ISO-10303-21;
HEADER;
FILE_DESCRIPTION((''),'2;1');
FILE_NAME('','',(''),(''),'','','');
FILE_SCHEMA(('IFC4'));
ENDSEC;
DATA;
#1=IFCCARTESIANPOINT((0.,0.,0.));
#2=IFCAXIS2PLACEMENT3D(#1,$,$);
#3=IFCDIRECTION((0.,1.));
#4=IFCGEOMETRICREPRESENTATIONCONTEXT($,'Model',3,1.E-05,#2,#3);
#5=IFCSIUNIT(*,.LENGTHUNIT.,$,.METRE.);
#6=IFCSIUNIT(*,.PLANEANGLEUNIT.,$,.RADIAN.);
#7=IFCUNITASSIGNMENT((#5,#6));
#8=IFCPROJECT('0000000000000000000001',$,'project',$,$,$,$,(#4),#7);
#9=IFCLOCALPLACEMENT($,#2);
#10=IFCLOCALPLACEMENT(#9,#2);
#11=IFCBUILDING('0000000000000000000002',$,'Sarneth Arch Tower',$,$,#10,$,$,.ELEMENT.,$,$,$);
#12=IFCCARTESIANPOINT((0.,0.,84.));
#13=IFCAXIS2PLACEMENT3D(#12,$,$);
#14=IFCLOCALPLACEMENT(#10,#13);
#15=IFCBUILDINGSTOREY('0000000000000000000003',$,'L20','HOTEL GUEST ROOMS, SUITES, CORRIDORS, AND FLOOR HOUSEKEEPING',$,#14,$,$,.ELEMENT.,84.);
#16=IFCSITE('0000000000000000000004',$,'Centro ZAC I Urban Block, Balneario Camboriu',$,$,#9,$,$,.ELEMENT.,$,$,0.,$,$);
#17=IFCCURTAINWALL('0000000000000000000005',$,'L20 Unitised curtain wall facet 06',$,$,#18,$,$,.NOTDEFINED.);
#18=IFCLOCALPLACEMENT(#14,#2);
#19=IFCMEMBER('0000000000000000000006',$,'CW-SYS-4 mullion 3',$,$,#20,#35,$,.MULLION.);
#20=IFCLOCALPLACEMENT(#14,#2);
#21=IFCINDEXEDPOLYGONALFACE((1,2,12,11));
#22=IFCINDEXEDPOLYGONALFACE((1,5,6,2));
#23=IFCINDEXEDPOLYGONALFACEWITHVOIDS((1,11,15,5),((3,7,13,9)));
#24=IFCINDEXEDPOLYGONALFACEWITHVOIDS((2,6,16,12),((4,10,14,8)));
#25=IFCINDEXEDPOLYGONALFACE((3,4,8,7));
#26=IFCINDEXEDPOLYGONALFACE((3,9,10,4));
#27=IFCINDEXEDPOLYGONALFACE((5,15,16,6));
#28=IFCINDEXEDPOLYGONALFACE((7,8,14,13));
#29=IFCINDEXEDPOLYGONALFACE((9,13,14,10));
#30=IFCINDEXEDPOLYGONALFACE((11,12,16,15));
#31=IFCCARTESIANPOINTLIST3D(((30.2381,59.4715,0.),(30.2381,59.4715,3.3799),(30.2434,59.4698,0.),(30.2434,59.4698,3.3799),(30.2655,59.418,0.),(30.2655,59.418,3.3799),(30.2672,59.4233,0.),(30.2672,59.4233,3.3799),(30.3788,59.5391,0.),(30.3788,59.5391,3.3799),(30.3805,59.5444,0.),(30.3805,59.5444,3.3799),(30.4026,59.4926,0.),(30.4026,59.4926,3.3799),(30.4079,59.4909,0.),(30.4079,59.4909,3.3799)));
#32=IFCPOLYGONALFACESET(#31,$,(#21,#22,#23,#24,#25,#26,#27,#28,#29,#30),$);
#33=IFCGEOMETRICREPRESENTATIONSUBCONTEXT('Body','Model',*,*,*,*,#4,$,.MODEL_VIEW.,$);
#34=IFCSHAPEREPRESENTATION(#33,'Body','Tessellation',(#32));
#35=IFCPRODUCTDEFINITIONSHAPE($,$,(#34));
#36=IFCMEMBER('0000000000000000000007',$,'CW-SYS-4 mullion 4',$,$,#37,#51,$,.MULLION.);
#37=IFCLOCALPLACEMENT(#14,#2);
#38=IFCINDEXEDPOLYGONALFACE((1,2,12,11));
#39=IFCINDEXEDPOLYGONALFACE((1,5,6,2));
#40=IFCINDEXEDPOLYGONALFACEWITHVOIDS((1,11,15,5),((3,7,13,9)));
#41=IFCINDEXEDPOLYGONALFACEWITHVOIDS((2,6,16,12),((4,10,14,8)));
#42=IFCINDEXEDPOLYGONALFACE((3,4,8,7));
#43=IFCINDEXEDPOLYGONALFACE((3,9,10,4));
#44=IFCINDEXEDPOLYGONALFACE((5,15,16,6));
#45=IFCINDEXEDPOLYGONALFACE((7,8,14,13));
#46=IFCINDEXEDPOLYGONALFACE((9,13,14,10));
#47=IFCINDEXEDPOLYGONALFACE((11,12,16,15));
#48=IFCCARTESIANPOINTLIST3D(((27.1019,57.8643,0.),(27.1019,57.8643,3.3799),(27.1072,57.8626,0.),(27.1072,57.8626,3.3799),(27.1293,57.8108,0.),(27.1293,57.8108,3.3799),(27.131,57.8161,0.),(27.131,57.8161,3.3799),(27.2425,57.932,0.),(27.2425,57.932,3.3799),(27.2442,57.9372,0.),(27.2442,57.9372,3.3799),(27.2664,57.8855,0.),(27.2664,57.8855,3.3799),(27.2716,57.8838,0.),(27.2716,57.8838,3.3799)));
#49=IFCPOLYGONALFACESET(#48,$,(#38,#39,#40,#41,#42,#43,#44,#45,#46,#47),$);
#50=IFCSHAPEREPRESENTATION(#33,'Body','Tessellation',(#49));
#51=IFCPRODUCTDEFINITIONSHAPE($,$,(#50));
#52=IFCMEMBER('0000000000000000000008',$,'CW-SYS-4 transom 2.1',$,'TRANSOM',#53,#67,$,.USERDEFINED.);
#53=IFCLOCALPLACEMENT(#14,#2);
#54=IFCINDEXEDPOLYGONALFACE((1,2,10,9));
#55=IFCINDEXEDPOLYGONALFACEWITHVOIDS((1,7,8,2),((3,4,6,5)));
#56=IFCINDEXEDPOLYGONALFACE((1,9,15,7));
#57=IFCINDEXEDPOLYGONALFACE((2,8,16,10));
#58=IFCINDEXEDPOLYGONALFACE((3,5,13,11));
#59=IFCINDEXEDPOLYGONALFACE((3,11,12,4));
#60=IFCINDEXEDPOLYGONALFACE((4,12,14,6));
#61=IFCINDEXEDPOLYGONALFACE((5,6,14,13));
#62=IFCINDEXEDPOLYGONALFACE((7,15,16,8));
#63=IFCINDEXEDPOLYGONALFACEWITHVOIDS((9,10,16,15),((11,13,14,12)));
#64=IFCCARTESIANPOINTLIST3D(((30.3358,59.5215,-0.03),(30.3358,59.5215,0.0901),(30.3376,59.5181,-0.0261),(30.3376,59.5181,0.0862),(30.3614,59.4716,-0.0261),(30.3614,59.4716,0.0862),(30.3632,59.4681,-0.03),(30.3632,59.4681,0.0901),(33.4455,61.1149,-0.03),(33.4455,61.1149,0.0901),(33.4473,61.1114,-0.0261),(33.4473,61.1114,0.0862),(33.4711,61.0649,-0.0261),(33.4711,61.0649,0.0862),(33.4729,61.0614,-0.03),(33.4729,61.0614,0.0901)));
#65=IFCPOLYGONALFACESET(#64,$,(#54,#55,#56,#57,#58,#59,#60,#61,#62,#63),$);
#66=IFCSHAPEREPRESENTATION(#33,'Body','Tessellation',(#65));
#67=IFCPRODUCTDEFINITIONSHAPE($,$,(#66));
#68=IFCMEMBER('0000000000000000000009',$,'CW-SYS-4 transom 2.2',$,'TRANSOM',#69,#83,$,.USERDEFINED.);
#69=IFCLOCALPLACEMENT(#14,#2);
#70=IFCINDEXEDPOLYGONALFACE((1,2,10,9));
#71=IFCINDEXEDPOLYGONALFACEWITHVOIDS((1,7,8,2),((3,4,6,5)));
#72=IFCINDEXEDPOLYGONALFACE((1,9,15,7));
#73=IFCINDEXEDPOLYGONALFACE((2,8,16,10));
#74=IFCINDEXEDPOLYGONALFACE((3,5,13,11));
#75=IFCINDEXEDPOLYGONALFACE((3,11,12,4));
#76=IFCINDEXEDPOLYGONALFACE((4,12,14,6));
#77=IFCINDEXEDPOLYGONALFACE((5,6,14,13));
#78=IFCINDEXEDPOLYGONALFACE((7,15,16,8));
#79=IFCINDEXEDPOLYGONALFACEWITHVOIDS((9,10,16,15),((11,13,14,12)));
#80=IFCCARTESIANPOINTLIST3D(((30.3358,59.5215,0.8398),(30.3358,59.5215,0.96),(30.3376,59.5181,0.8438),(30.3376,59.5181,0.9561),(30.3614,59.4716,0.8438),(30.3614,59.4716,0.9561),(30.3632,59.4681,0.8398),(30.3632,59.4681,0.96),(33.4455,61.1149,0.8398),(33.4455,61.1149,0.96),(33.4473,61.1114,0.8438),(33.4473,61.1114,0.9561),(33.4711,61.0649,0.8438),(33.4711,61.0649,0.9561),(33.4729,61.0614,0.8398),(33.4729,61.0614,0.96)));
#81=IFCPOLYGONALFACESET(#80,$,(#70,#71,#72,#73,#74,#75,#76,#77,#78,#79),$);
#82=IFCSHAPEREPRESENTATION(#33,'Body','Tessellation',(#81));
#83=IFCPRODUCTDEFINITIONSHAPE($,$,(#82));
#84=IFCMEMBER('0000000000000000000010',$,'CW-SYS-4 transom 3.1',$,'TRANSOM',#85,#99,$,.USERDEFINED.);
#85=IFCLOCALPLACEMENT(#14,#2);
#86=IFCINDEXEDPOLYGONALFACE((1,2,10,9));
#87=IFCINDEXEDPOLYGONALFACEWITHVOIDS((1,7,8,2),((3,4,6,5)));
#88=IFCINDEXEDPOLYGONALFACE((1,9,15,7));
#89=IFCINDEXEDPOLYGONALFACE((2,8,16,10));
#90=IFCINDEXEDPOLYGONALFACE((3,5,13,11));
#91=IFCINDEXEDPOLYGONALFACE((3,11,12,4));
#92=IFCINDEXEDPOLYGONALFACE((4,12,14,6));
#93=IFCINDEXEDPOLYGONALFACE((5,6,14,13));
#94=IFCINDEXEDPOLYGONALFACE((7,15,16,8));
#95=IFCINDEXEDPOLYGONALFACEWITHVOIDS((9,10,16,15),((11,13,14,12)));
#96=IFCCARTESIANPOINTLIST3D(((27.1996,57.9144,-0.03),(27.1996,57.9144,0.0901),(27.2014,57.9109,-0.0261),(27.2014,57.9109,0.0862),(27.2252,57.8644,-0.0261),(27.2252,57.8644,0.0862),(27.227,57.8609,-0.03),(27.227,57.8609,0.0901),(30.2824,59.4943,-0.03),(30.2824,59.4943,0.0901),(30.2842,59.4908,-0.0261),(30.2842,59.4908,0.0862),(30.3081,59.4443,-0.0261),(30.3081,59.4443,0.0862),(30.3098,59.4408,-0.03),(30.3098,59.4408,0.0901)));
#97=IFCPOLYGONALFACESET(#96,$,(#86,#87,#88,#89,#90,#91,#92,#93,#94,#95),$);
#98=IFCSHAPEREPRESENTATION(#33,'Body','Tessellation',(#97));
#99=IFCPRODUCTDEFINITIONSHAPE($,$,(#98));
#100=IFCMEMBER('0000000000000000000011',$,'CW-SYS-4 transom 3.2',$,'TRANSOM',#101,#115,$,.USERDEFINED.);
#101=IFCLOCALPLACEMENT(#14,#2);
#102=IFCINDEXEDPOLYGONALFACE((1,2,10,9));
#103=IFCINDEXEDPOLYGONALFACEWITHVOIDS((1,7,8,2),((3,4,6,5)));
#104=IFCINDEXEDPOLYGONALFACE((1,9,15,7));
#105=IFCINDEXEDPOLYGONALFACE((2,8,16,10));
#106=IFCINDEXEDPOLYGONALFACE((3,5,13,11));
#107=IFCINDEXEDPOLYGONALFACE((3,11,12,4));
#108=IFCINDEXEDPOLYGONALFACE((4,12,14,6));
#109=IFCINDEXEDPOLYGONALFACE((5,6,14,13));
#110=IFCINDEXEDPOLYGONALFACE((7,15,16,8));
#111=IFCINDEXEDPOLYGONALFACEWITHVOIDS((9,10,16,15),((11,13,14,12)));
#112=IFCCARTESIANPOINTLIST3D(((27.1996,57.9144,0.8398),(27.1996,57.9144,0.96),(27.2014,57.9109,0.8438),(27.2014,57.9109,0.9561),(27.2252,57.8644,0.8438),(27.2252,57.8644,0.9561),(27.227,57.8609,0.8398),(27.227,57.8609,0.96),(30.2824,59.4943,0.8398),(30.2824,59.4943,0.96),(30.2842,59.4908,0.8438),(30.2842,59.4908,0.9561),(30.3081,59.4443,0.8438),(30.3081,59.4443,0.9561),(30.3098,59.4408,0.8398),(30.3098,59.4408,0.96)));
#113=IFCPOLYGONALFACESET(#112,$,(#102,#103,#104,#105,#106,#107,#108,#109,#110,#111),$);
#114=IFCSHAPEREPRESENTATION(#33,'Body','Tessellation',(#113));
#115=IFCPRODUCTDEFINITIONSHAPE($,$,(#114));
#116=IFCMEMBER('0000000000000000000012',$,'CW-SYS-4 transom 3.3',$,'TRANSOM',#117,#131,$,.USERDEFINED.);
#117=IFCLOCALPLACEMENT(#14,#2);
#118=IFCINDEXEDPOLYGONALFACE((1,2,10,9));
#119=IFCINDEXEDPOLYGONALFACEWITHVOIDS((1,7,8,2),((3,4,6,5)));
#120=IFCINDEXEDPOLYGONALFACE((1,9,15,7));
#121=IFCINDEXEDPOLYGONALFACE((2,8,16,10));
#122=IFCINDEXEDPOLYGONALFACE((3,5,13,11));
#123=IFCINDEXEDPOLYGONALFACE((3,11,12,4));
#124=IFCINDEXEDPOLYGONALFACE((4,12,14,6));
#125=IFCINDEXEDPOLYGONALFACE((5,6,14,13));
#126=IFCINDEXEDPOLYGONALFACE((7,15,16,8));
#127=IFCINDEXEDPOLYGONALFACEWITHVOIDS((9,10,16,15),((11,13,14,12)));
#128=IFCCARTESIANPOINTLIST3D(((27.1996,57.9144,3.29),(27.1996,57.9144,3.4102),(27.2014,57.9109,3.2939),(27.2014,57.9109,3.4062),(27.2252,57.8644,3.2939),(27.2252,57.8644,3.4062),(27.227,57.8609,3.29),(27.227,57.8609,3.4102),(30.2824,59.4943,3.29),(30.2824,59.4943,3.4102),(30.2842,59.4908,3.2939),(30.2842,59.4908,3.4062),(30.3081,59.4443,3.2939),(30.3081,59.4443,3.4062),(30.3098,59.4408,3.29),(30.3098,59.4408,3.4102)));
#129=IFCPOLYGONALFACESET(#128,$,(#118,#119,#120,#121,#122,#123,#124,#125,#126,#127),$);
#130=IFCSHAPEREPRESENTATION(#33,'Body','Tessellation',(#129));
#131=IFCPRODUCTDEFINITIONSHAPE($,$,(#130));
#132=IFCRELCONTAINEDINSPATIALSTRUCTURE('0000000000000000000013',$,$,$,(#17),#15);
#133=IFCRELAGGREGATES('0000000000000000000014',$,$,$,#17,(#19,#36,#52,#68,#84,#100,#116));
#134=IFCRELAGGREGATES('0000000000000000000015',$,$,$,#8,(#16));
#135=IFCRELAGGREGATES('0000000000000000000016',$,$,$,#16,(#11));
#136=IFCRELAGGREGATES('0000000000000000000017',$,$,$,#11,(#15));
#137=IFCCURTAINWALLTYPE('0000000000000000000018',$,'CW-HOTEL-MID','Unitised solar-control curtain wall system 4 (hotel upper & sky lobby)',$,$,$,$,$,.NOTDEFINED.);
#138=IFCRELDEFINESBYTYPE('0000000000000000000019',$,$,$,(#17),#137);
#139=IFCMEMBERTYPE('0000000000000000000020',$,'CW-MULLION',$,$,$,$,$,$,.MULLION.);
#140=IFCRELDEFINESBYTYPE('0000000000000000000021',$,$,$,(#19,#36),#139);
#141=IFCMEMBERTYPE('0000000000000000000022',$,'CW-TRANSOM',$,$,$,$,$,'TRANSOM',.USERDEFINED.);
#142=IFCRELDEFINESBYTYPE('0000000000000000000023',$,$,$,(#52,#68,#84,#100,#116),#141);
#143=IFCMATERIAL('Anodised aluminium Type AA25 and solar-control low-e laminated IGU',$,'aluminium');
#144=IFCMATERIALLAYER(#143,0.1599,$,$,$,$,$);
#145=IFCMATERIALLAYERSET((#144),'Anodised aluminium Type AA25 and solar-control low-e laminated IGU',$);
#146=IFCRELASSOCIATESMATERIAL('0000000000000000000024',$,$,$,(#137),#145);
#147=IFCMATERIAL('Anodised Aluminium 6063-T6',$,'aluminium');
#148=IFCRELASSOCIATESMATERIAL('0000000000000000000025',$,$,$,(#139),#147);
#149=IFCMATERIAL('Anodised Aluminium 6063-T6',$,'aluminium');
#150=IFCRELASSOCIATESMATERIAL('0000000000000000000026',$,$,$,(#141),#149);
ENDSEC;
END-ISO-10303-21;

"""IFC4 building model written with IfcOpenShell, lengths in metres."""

from ifc_helpers import new_model, si_unit, direction, frame, origin, origin_2d, place, context, subcontext, project, spatial, hollow_rectangle, extrude, material, layer, layer_set, material_profile, profile_set, type_object, element, aggregate, save


model = new_model("IFC4")

# Units and contexts
model_context = context("Model", 3, precision=1e-05, world=origin(), true_north=direction((0.0, 1.0)))
body_context = subcontext(model_context, "Body", "Model", "MODEL_VIEW")
ifc_project = project(units=[si_unit("LENGTHUNIT", "METRE"), si_unit("PLANEANGLEUNIT", "RADIAN")], contexts=[model_context])

# Site, building, storey
site_placement = place(None, origin())
site = spatial("IfcSite", under=ifc_project, at=site_placement, Name="Centro ZAC I Urban Block, Balneario Camboriu", CompositionType="ELEMENT", RefElevation=0.0)
building_placement = place(site_placement, origin())
building = spatial("IfcBuilding", under=site, at=building_placement, Name="Sarneth Arch Tower", CompositionType="ELEMENT")
storey_placement = place(building_placement, frame((0.0, 0.0, 84.0)))
storey = spatial("IfcBuildingStorey", under=building, at=storey_placement, Name="L20", Description="HOTEL GUEST ROOMS, SUITES, CORRIDORS, AND FLOOR HOUSEKEEPING", CompositionType="ELEMENT", Elevation=84.0)

# Curtain wall, members
ifc_material_1 = material(Name="Anodised aluminium Type AA25 and solar-control low-e laminated IGU", Category="aluminium")
ifc_layer_1 = layer(ifc_material_1, 0.1599)
ifc_layer_set_1 = layer_set([ifc_layer_1], Name="Anodised aluminium Type AA25 and solar-control low-e laminated IGU")
curtain_wall_type = type_object("IfcCurtainWallType", Name="CW-HOTEL-MID", Description="Unitised solar-control curtain wall system 4 (hotel upper & sky lobby)", PredefinedType="NOTDEFINED", material=ifc_layer_set_1)
curtain_wall_placement = place(storey_placement, origin())
curtain_wall = element("IfcCurtainWall", 1, at=curtain_wall_placement, inside=storey, type_object=curtain_wall_type, Name="L20 Unitised curtain wall facet 06", PredefinedType="NOTDEFINED")
ifc_material_2 = material(Name="Anodised Aluminium 6063-T6", Category="aluminium")
ifc_material_profile_1 = material_profile(ifc_material_2, hollow_rectangle(XDim=0.0601, YDim=0.1599, WallThickness=0.0039, at=origin_2d()), Name="AL-MULL-160x60x4")
ifc_profile_set_1 = profile_set([ifc_material_profile_1], Name="Anodised Aluminium 6063-T6")
member_type_1 = type_object("IfcMemberType", Name="CW-MULLION", PredefinedType="MULLION", material=ifc_profile_set_1)
member_1_placement = place(storey_placement, frame((30.323, 59.4812, 0.0), z_axis=(0.0, 0.0, 1.0), x_axis=(0.456031, -0.889964, 0.0)))
member_1 = element("IfcMember", 2, at=member_1_placement, type_object=member_type_1, Name="CW-SYS-4 mullion 3", PredefinedType="MULLION", context=body_context, shape_type="SweptSolid", body=[
    extrude(hollow_rectangle(XDim=0.0601, YDim=0.1599, WallThickness=0.0039, at=origin_2d()), origin(), (0.0, 0.0, 1.0), 3.3799),
])
member_2_placement = place(storey_placement, frame((27.1868, 57.874, 0.0), z_axis=(0.0, 0.0, 1.0), x_axis=(0.456031, -0.889964, 0.0)))
member_2 = element("IfcMember", 3, at=member_2_placement, type_object=member_type_1, Name="CW-SYS-4 mullion 4", PredefinedType="MULLION", context=body_context, shape_type="SweptSolid", body=[
    extrude(hollow_rectangle(XDim=0.0601, YDim=0.1599, WallThickness=0.0039, at=origin_2d()), origin(), (0.0, 0.0, 1.0), 3.3799),
])
ifc_material_3 = material(Name="Anodised Aluminium 6063-T6", Category="aluminium")
ifc_material_profile_2 = material_profile(ifc_material_3, hollow_rectangle(XDim=0.0601, YDim=0.1201, WallThickness=0.0039, at=origin_2d()), Name="AL-TRAN-120x60x4")
ifc_profile_set_2 = profile_set([ifc_material_profile_2], Name="Anodised Aluminium 6063-T6")
member_type_2 = type_object("IfcMemberType", Name="CW-TRANSOM", ElementType="TRANSOM", PredefinedType="USERDEFINED", material=ifc_profile_set_2)
member_3_placement = place(storey_placement, frame((33.4592, 61.0881, 0.03), z_axis=(-0.889982, -0.455996, 0.0), x_axis=(0.455996, -0.889982, 0.0)))
member_3 = element("IfcMember", 4, at=member_3_placement, type_object=member_type_2, Name="CW-SYS-4 transom 2.1", ObjectType="TRANSOM", PredefinedType="USERDEFINED", context=body_context, shape_type="SweptSolid", body=[
    extrude(hollow_rectangle(XDim=0.0601, YDim=0.1201, WallThickness=0.0039, at=origin_2d()), origin(), (0.0, 0.0, 1.0), 3.4941),
])
member_4_placement = place(storey_placement, frame((33.4592, 61.0881, 0.8999), z_axis=(-0.889982, -0.455996, 0.0), x_axis=(0.455996, -0.889982, 0.0)))
member_4 = element("IfcMember", 5, at=member_4_placement, type_object=member_type_2, Name="CW-SYS-4 transom 2.2", ObjectType="TRANSOM", PredefinedType="USERDEFINED", context=body_context, shape_type="SweptSolid", body=[
    extrude(hollow_rectangle(XDim=0.0601, YDim=0.1201, WallThickness=0.0039, at=origin_2d()), origin(), (0.0, 0.0, 1.0), 3.4941),
])
member_5_placement = place(storey_placement, frame((30.2961, 59.4675, 0.03), z_axis=(-0.889943, -0.456072, 0.0), x_axis=(0.456072, -0.889943, 0.0)))
member_5 = element("IfcMember", 6, at=member_5_placement, type_object=member_type_2, Name="CW-SYS-4 transom 3.1", ObjectType="TRANSOM", PredefinedType="USERDEFINED", context=body_context, shape_type="SweptSolid", body=[
    extrude(hollow_rectangle(XDim=0.0601, YDim=0.1201, WallThickness=0.0039, at=origin_2d()), origin(), (0.0, 0.0, 1.0), 3.4641),
])
member_6_placement = place(storey_placement, frame((30.2961, 59.4675, 0.8999), z_axis=(-0.889943, -0.456072, 0.0), x_axis=(0.456072, -0.889943, 0.0)))
member_6 = element("IfcMember", 7, at=member_6_placement, type_object=member_type_2, Name="CW-SYS-4 transom 3.2", ObjectType="TRANSOM", PredefinedType="USERDEFINED", context=body_context, shape_type="SweptSolid", body=[
    extrude(hollow_rectangle(XDim=0.0601, YDim=0.1201, WallThickness=0.0039, at=origin_2d()), origin(), (0.0, 0.0, 1.0), 3.4641),
])
member_7_placement = place(storey_placement, frame((30.2961, 59.4675, 3.3501), z_axis=(-0.889943, -0.456072, 0.0), x_axis=(0.456072, -0.889943, 0.0)))
member_7 = element("IfcMember", 8, at=member_7_placement, type_object=member_type_2, Name="CW-SYS-4 transom 3.3", ObjectType="TRANSOM", PredefinedType="USERDEFINED", context=body_context, shape_type="SweptSolid", body=[
    extrude(hollow_rectangle(XDim=0.0601, YDim=0.1201, WallThickness=0.0039, at=origin_2d()), origin(), (0.0, 0.0, 1.0), 3.4641),
])

aggregate(curtain_wall, [member_1, member_2, member_3, member_4, member_5, member_6, member_7])

save(model, "model.ifc")
